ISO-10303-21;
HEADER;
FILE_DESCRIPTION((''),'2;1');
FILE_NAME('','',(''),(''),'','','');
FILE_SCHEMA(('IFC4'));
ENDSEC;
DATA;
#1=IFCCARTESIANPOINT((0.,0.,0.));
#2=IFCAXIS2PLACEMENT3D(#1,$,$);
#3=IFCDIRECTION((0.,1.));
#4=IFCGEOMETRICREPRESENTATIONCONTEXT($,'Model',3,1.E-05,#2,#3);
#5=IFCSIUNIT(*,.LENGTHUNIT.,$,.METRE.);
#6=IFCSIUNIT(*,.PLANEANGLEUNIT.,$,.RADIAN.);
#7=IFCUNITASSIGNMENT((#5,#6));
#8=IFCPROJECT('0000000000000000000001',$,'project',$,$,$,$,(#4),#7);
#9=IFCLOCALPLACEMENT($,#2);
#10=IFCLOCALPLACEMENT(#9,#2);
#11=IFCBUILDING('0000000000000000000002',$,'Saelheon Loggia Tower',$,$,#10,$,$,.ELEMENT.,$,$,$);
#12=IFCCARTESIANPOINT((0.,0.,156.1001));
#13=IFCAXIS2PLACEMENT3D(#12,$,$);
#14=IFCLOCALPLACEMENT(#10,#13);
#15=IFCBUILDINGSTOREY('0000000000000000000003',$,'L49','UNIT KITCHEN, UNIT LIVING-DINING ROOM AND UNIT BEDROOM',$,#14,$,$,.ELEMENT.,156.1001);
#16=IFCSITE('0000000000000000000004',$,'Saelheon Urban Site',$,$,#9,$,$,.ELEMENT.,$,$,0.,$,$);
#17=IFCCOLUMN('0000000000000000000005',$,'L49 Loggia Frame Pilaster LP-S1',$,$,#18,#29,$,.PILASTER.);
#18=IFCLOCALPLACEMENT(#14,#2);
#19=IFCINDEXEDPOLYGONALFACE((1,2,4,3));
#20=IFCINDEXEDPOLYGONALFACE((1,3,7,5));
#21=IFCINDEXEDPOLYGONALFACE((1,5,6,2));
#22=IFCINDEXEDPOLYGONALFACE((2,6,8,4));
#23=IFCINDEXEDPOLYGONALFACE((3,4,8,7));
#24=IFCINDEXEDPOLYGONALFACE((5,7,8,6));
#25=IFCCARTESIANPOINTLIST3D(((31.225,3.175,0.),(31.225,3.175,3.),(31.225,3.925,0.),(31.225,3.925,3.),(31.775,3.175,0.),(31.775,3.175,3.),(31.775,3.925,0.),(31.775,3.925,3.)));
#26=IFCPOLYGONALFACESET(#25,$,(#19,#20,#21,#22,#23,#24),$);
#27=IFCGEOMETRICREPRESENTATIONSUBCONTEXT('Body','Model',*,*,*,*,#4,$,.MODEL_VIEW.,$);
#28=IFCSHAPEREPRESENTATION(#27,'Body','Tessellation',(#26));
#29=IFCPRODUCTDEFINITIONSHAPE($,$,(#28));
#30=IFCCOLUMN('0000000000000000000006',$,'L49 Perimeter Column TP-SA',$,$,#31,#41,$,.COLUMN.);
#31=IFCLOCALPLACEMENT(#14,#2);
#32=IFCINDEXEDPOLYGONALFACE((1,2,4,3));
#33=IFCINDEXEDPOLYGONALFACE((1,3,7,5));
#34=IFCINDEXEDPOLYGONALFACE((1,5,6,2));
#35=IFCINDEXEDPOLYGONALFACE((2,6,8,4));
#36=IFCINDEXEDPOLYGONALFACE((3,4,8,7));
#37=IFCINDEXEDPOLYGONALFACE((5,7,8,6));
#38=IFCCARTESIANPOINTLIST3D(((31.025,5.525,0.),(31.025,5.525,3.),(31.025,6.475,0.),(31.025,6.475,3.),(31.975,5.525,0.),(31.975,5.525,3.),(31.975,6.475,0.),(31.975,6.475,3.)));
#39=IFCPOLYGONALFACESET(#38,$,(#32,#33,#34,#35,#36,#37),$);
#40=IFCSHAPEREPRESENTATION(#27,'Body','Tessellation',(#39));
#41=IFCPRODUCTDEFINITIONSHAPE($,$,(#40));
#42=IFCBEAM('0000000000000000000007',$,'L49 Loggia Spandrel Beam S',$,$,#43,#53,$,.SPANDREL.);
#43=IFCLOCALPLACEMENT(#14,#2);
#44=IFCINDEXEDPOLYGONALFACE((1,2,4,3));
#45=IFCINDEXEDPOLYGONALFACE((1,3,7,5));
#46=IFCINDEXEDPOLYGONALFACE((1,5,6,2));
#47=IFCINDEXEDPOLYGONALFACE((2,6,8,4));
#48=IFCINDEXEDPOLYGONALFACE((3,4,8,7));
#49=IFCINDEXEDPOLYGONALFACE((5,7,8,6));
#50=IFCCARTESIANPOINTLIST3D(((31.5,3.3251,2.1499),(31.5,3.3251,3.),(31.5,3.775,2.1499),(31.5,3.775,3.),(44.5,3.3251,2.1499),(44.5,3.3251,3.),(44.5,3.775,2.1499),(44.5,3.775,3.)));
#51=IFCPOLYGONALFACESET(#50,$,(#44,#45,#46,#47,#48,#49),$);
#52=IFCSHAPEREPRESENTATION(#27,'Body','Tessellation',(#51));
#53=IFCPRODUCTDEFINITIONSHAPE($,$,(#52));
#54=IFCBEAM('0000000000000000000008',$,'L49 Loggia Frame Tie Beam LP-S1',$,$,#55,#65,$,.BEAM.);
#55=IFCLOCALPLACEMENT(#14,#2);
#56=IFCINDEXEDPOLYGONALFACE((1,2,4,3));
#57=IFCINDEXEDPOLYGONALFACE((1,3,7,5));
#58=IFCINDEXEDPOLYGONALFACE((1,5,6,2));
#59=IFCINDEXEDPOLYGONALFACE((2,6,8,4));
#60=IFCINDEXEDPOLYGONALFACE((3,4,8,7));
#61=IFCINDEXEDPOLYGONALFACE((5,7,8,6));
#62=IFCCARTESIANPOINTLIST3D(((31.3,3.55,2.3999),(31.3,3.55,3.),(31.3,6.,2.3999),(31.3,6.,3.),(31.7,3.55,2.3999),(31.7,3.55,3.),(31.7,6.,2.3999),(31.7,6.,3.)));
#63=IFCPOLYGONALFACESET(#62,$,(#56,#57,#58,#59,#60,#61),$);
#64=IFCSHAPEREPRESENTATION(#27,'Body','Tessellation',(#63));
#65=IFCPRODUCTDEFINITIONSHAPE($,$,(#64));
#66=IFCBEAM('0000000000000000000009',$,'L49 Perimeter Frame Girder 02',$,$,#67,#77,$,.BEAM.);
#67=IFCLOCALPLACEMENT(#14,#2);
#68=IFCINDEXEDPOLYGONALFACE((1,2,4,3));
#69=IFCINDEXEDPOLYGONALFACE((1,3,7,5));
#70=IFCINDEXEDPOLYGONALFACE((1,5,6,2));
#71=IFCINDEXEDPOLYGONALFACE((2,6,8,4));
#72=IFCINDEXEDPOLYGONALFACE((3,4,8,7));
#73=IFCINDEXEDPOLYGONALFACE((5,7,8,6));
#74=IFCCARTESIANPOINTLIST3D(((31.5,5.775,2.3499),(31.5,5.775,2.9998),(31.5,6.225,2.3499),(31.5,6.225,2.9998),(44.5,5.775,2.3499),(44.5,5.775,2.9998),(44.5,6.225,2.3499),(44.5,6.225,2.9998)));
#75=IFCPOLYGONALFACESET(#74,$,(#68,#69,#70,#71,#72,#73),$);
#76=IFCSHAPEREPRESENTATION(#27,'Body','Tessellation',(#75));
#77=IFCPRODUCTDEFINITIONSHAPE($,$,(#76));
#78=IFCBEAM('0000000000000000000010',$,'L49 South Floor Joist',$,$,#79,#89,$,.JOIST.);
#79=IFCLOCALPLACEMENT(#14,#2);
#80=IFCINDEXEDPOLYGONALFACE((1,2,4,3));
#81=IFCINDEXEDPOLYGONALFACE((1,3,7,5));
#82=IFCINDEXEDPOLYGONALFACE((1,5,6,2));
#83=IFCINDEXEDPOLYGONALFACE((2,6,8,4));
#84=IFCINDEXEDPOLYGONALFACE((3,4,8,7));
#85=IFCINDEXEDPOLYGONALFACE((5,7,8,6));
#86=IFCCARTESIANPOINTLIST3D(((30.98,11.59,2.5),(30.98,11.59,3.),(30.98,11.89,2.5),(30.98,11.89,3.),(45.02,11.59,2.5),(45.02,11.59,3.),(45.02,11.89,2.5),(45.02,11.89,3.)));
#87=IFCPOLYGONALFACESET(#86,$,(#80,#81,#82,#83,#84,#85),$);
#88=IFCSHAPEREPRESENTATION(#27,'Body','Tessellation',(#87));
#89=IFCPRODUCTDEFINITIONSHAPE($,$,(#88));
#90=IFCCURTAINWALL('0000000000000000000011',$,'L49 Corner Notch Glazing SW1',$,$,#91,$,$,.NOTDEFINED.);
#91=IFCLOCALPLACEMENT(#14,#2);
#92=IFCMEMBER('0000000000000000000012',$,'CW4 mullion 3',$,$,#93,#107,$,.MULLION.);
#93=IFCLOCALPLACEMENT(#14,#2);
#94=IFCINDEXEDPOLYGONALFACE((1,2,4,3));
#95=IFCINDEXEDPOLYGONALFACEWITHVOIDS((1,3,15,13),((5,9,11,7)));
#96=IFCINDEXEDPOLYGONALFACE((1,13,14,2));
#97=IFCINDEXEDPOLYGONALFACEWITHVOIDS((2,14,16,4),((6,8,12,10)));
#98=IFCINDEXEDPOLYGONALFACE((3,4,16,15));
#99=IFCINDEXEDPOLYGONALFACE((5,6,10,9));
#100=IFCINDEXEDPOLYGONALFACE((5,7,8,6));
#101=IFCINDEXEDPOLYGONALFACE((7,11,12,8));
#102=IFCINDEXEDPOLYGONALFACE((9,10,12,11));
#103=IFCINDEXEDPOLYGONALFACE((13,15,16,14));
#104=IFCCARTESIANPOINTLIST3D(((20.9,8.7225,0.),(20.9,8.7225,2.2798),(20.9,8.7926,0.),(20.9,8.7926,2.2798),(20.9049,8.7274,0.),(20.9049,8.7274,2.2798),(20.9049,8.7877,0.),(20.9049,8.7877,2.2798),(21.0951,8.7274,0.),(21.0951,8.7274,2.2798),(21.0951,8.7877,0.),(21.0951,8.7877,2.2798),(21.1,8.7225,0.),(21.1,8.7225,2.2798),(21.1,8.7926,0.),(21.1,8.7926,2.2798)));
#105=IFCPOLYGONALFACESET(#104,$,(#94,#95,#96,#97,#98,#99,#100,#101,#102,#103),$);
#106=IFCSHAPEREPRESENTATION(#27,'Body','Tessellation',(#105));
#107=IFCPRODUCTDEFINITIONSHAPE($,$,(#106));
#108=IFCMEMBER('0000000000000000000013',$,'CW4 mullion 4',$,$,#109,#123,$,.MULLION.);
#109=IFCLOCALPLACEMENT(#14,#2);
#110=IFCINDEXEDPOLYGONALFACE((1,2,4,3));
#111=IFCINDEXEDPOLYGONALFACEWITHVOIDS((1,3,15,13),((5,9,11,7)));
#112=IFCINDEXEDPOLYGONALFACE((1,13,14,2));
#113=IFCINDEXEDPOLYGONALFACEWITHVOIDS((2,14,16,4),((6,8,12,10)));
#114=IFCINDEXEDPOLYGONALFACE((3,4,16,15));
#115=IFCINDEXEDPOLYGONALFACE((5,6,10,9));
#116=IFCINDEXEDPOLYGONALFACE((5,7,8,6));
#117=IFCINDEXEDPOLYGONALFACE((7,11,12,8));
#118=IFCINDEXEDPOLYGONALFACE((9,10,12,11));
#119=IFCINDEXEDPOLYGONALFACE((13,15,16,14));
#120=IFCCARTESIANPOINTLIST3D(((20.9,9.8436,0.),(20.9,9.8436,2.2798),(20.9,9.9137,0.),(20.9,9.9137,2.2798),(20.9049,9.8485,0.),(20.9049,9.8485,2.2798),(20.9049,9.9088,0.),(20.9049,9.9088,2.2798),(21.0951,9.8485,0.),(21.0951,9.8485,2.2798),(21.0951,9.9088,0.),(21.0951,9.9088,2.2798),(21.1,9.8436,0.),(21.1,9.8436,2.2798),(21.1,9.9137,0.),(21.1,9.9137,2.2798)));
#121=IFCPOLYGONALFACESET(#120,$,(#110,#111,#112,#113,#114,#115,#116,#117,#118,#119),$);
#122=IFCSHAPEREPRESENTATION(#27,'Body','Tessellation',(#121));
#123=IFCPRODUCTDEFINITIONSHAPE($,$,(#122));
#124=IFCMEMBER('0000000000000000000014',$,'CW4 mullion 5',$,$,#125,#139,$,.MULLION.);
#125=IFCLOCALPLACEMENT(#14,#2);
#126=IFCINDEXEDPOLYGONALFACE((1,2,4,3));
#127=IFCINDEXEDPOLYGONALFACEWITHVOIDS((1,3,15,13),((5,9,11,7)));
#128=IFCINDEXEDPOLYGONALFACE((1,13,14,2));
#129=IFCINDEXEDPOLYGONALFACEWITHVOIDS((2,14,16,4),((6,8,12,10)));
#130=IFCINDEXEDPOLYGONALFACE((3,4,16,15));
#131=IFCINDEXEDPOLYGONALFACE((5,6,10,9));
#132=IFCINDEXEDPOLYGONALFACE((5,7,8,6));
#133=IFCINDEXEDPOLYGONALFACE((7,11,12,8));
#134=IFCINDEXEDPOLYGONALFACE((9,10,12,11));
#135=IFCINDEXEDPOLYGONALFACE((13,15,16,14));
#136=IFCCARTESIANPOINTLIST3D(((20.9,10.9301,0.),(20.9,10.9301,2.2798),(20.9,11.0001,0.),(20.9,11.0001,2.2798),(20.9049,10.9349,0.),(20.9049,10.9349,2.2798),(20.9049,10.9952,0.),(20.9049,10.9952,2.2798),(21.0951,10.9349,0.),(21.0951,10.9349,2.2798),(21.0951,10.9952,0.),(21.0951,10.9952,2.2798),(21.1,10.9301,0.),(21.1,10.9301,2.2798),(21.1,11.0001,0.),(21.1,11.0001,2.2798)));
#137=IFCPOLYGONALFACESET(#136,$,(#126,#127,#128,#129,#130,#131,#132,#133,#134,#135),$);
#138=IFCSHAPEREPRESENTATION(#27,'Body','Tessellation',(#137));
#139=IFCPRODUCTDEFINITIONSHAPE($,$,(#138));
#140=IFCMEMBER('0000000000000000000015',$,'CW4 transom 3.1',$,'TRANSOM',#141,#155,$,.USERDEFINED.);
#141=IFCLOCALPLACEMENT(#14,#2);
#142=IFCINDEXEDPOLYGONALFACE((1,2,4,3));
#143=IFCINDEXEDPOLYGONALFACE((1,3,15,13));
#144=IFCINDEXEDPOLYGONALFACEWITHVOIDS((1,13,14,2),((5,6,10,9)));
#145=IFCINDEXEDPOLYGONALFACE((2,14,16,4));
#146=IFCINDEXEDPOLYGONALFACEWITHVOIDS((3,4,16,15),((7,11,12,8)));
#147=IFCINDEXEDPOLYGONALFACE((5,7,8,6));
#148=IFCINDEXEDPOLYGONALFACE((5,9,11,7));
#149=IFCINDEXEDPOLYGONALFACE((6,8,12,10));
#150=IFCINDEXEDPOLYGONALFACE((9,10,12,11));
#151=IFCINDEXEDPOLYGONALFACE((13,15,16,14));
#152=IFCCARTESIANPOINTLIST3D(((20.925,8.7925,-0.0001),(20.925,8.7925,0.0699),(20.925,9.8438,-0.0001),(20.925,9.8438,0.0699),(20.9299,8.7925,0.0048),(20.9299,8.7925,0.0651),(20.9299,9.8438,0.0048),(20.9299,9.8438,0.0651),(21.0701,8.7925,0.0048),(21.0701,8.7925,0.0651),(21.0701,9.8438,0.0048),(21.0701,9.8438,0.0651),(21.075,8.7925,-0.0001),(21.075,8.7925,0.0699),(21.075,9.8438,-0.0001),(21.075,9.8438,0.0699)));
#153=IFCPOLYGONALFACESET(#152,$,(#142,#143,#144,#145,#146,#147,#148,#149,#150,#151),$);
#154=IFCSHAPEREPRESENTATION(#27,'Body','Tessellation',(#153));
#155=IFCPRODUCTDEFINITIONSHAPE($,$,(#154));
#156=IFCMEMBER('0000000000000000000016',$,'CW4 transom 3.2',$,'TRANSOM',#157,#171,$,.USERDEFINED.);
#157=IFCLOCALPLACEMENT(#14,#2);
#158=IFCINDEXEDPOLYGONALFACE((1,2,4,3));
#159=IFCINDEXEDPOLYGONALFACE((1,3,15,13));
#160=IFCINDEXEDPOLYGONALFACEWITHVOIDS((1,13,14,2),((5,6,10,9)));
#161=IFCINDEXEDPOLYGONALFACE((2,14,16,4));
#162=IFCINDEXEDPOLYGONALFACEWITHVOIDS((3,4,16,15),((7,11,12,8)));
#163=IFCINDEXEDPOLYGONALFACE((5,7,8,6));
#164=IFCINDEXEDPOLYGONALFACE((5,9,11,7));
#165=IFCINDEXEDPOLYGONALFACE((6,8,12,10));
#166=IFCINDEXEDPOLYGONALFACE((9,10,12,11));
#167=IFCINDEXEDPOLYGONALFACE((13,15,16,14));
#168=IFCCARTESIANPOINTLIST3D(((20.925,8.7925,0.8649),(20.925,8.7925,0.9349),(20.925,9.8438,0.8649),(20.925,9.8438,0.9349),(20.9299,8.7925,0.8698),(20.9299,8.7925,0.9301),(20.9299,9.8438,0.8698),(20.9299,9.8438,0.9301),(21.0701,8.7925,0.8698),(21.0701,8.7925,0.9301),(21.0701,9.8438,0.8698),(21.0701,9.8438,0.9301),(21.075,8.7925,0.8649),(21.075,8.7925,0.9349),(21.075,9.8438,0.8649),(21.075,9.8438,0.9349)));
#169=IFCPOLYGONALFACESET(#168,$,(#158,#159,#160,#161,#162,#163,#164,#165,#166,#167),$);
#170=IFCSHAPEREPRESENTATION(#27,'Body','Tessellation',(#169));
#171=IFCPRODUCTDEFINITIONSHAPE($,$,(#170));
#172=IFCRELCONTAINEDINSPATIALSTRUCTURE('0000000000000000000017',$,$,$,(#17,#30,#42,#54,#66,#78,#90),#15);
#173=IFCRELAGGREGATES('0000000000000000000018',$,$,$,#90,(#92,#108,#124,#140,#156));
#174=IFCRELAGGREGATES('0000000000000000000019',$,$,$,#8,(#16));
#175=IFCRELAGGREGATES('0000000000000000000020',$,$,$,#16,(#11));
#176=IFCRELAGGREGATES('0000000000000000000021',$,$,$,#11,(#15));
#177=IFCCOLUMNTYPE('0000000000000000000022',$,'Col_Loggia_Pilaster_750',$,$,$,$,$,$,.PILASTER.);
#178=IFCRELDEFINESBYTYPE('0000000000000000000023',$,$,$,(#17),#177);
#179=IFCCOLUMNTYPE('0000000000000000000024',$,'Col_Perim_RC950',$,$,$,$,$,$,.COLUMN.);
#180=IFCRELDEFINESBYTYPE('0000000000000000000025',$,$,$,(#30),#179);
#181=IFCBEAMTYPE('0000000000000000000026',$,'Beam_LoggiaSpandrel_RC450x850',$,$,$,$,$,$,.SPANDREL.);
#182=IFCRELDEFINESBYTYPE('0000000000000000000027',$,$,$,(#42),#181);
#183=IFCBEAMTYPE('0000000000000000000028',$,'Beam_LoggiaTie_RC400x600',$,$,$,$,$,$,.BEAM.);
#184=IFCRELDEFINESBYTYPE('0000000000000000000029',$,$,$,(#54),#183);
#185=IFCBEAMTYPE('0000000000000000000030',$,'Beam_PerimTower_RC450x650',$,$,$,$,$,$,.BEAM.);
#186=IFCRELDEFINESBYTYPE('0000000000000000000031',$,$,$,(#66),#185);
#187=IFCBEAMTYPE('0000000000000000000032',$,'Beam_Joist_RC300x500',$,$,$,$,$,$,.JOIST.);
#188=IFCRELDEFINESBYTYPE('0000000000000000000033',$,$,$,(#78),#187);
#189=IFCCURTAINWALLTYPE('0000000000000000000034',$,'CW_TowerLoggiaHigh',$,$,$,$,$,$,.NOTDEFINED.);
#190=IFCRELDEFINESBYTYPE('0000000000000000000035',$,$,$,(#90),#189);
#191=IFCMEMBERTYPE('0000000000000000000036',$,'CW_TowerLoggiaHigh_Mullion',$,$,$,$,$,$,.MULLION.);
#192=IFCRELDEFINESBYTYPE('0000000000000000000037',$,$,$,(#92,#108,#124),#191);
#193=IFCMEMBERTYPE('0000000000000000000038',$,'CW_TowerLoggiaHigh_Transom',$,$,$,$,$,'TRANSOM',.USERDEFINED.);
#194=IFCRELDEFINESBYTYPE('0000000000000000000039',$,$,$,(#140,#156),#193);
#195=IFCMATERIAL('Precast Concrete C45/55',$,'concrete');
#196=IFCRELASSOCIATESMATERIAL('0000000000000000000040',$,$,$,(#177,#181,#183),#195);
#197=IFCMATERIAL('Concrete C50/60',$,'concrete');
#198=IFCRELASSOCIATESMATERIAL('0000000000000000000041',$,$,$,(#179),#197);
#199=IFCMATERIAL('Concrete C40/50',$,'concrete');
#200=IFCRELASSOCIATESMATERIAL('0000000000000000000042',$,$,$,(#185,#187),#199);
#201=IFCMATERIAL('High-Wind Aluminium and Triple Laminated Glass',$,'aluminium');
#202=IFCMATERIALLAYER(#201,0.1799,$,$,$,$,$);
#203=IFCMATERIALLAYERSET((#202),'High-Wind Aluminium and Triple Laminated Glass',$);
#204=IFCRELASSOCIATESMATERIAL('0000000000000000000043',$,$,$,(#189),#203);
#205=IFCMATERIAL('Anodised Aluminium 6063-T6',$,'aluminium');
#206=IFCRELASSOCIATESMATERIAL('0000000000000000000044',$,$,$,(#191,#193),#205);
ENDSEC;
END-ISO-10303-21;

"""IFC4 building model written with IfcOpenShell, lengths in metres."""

from ifc_helpers import new_model, si_unit, direction, frame, origin, origin_2d, place, context, subcontext, project, spatial, rectangle, hollow_rectangle, extrude, source, transform, mapped, material, layer, layer_set, material_profile, profile_set, type_object, element, aggregate, save


model = new_model("IFC4")

# Units and contexts
model_context = context("Model", 3, precision=1e-05, world=origin(), true_north=direction((0.0, 1.0)))
body_context = subcontext(model_context, "Body", "Model", "MODEL_VIEW")
ifc_project = project(units=[si_unit("LENGTHUNIT", "METRE"), si_unit("PLANEANGLEUNIT", "RADIAN")], contexts=[model_context])

# Site, building, storey
site_placement = place(None, origin())
site = spatial("IfcSite", under=ifc_project, at=site_placement, Name="Saelheon Urban Site", CompositionType="ELEMENT", RefElevation=0.0)
building_placement = place(site_placement, origin())
building = spatial("IfcBuilding", under=site, at=building_placement, Name="Saelheon Loggia Tower", CompositionType="ELEMENT")
storey_placement = place(building_placement, frame((0.0, 0.0, 156.1001)))
storey = spatial("IfcBuildingStorey", under=building, at=storey_placement, Name="L49", Description="UNIT KITCHEN, UNIT LIVING-DINING ROOM AND UNIT BEDROOM", CompositionType="ELEMENT", Elevation=156.1001)

# Columns
ifc_material_1 = material(Name="Precast Concrete C45/55", Category="concrete")
ifc_material_profile_1 = material_profile(ifc_material_1, rectangle(XDim=0.55, YDim=0.75, at=origin_2d()), Name="RC-550x750")
ifc_profile_set_1 = profile_set([ifc_material_profile_1], Name="Precast Concrete C45/55")
column_type_1 = type_object("IfcColumnType", Name="Col_Loggia_Pilaster_750", PredefinedType="PILASTER", material=ifc_profile_set_1)
shared_shape_1 = source(origin(), body_context, "Body", "SweptSolid", [
    extrude(rectangle(XDim=0.55, YDim=0.75, at=origin_2d()), origin(), (0.0, 0.0, 1.0), 3.0),
])
column_1_placement = place(storey_placement, frame((31.5, 3.55, 0.0), z_axis=(0.0, 0.0, 1.0), x_axis=(1.0, 0.0, 0.0)))
element("IfcColumn", 1, at=column_1_placement, inside=storey, type_object=column_type_1, Name="L49 Loggia Frame Pilaster LP-S1", PredefinedType="PILASTER", context=body_context, shape_type="MappedRepresentation", body=[
    mapped(shared_shape_1, transform((0.0, 0.0, 0.0), scale=1.0)),
])
ifc_material_2 = material(Name="Concrete C50/60", Category="concrete")
ifc_material_profile_2 = material_profile(ifc_material_2, rectangle(XDim=0.95, YDim=0.95, at=origin_2d()), Name="RC-950x950")
ifc_profile_set_2 = profile_set([ifc_material_profile_2], Name="Concrete C50/60")
column_type_2 = type_object("IfcColumnType", Name="Col_Perim_RC950", PredefinedType="COLUMN", material=ifc_profile_set_2)
shared_shape_2 = source(origin(), body_context, "Body", "SweptSolid", [
    extrude(rectangle(XDim=0.95, YDim=0.95, at=origin_2d()), origin(), (0.0, 0.0, 1.0), 3.0),
])
column_2_placement = place(storey_placement, frame((31.5, 6.0, 0.0), z_axis=(0.0, 0.0, 1.0), x_axis=(1.0, 0.0, 0.0)))
element("IfcColumn", 2, at=column_2_placement, inside=storey, type_object=column_type_2, Name="L49 Perimeter Column TP-SA", PredefinedType="COLUMN", context=body_context, shape_type="MappedRepresentation", body=[
    mapped(shared_shape_2, transform((0.0, 0.0, 0.0), scale=1.0)),
])

# Beams
ifc_material_profile_3 = material_profile(ifc_material_1, rectangle(XDim=0.45, YDim=0.8501, at=origin_2d()), Name="RC-450x850")
ifc_profile_set_3 = profile_set([ifc_material_profile_3], Name="Precast Concrete C45/55")
beam_type_1 = type_object("IfcBeamType", Name="Beam_LoggiaSpandrel_RC450x850", PredefinedType="SPANDREL", material=ifc_profile_set_3)
shared_shape_3 = source(origin(), body_context, "Body", "SweptSolid", [
    extrude(rectangle(XDim=0.45, YDim=0.8501, at=origin_2d()), origin(), (0.0, 0.0, 1.0), 13.0),
])
beam_1_placement = place(storey_placement, frame((31.5, 3.55, 2.575), z_axis=(1.0, 0.0, 0.0), x_axis=(0.0, 1.0, 0.0)))
element("IfcBeam", 3, at=beam_1_placement, inside=storey, type_object=beam_type_1, Name="L49 Loggia Spandrel Beam S", PredefinedType="SPANDREL", context=body_context, shape_type="MappedRepresentation", body=[
    mapped(shared_shape_3, transform((0.0, 0.0, 0.0), scale=1.0)),
])
ifc_material_profile_4 = material_profile(ifc_material_1, rectangle(XDim=0.3999, YDim=0.6001, at=origin_2d()), Name="RC-400x600")
ifc_profile_set_4 = profile_set([ifc_material_profile_4], Name="Precast Concrete C45/55")
beam_type_2 = type_object("IfcBeamType", Name="Beam_LoggiaTie_RC400x600", PredefinedType="BEAM", material=ifc_profile_set_4)
shared_shape_4 = source(origin(), body_context, "Body", "SweptSolid", [
    extrude(rectangle(XDim=0.3999, YDim=0.6001, at=origin_2d()), origin(), (0.0, 0.0, 1.0), 2.45),
])
beam_2_placement = place(storey_placement, frame((31.5, 6.0, 2.7), z_axis=(0.0, -1.0, 0.0), x_axis=(1.0, 0.0, 0.0)))
element("IfcBeam", 4, at=beam_2_placement, inside=storey, type_object=beam_type_2, Name="L49 Loggia Frame Tie Beam LP-S1", PredefinedType="BEAM", context=body_context, shape_type="MappedRepresentation", body=[
    mapped(shared_shape_4, transform((0.0, 0.0, 0.0), scale=1.0)),
])
ifc_material_3 = material(Name="Concrete C40/50", Category="concrete")
ifc_material_profile_5 = material_profile(ifc_material_3, rectangle(XDim=0.45, YDim=0.6499, at=origin_2d()), Name="RC-450x650")
ifc_profile_set_5 = profile_set([ifc_material_profile_5], Name="Concrete C40/50")
beam_type_3 = type_object("IfcBeamType", Name="Beam_PerimTower_RC450x650", PredefinedType="BEAM", material=ifc_profile_set_5)
shared_shape_5 = source(origin(), body_context, "Body", "SweptSolid", [
    extrude(rectangle(XDim=0.45, YDim=0.6499, at=origin_2d()), origin(), (0.0, 0.0, 1.0), 13.0),
])
beam_3_placement = place(storey_placement, frame((31.5, 6.0, 2.6748), z_axis=(1.0, 0.0, 0.0), x_axis=(0.0, 1.0, 0.0)))
element("IfcBeam", 5, at=beam_3_placement, inside=storey, type_object=beam_type_3, Name="L49 Perimeter Frame Girder 02", PredefinedType="BEAM", context=body_context, shape_type="MappedRepresentation", body=[
    mapped(shared_shape_5, transform((0.0, 0.0, 0.0), scale=1.0)),
])
ifc_material_profile_6 = material_profile(ifc_material_3, rectangle(XDim=0.3, YDim=0.5, at=origin_2d()), Name="RC-300x500")
ifc_profile_set_6 = profile_set([ifc_material_profile_6], Name="Concrete C40/50")
beam_type_4 = type_object("IfcBeamType", Name="Beam_Joist_RC300x500", PredefinedType="JOIST", material=ifc_profile_set_6)
shared_shape_6 = source(origin(), body_context, "Body", "SweptSolid", [
    extrude(rectangle(XDim=0.3, YDim=0.5, at=origin_2d()), origin(), (0.0, 0.0, 1.0), 14.04),
])
beam_4_placement = place(storey_placement, frame((30.98, 11.74, 2.75), z_axis=(1.0, 0.0, 0.0), x_axis=(0.0, 1.0, 0.0)))
element("IfcBeam", 6, at=beam_4_placement, inside=storey, type_object=beam_type_4, Name="L49 South Floor Joist", PredefinedType="JOIST", context=body_context, shape_type="MappedRepresentation", body=[
    mapped(shared_shape_6, transform((0.0, 0.0, 0.0), scale=1.0)),
])

# Curtain wall, members
ifc_material_4 = material(Name="High-Wind Aluminium and Triple Laminated Glass", Category="aluminium")
ifc_layer_1 = layer(ifc_material_4, 0.1799)
ifc_layer_set_1 = layer_set([ifc_layer_1], Name="High-Wind Aluminium and Triple Laminated Glass")
curtain_wall_type = type_object("IfcCurtainWallType", Name="CW_TowerLoggiaHigh", PredefinedType="NOTDEFINED", material=ifc_layer_set_1)
curtain_wall_placement = place(storey_placement, origin())
curtain_wall = element("IfcCurtainWall", 7, at=curtain_wall_placement, inside=storey, type_object=curtain_wall_type, Name="L49 Corner Notch Glazing SW1", PredefinedType="NOTDEFINED")
ifc_material_5 = material(Name="Anodised Aluminium 6063-T6", Category="aluminium")
ifc_material_profile_7 = material_profile(ifc_material_5, hollow_rectangle(XDim=0.0701, YDim=0.2, WallThickness=0.0049, at=origin_2d()), Name="RHS-200x70x5")
ifc_profile_set_7 = profile_set([ifc_material_profile_7], Name="Anodised Aluminium 6063-T6")
member_type_1 = type_object("IfcMemberType", Name="CW_TowerLoggiaHigh_Mullion", PredefinedType="MULLION", material=ifc_profile_set_7)
shared_shape_7 = source(origin(), body_context, "Body", "SweptSolid", [
    extrude(hollow_rectangle(XDim=0.0701, YDim=0.2, WallThickness=0.0049, at=origin_2d()), origin(), (0.0, 0.0, 1.0), 2.2798),
])
member_1_placement = place(storey_placement, frame((21.0, 8.7576, 0.0), z_axis=(0.0, 0.0, 1.0), x_axis=(0.0, 1.0, 0.0)))
member_1 = element("IfcMember", 8, at=member_1_placement, type_object=member_type_1, Name="CW4 mullion 3", PredefinedType="MULLION", context=body_context, shape_type="MappedRepresentation", body=[
    mapped(shared_shape_7, transform((0.0, 0.0, 0.0), scale=1.0)),
])
member_2_placement = place(storey_placement, frame((21.0, 9.8787, 0.0), z_axis=(0.0, 0.0, 1.0), x_axis=(0.0, 1.0, 0.0)))
member_2 = element("IfcMember", 9, at=member_2_placement, type_object=member_type_1, Name="CW4 mullion 4", PredefinedType="MULLION", context=body_context, shape_type="MappedRepresentation", body=[
    mapped(shared_shape_7, transform((0.0, 0.0, 0.0), scale=1.0)),
])
member_3_placement = place(storey_placement, frame((21.0, 10.9651, 0.0), z_axis=(0.0, 0.0, 1.0), x_axis=(0.0, 1.0, 0.0)))
member_3 = element("IfcMember", 10, at=member_3_placement, type_object=member_type_1, Name="CW4 mullion 5", PredefinedType="MULLION", context=body_context, shape_type="MappedRepresentation", body=[
    mapped(shared_shape_7, transform((0.0, 0.0, 0.0), scale=1.0)),
])
ifc_material_profile_8 = material_profile(ifc_material_5, hollow_rectangle(XDim=0.0701, YDim=0.1499, WallThickness=0.0049, at=origin_2d()), Name="RHS-150x70x5")
ifc_profile_set_8 = profile_set([ifc_material_profile_8], Name="Anodised Aluminium 6063-T6")
member_type_2 = type_object("IfcMemberType", Name="CW_TowerLoggiaHigh_Transom", ElementType="TRANSOM", PredefinedType="USERDEFINED", material=ifc_profile_set_8)
shared_shape_8 = source(origin(), body_context, "Body", "SweptSolid", [
    extrude(hollow_rectangle(XDim=0.0701, YDim=0.1499, WallThickness=0.0049, at=origin_2d()), origin(), (0.0, 0.0, 1.0), 1.0513),
])
member_4_placement = place(storey_placement, frame((21.0, 8.7925, 0.0349), z_axis=(0.0, 1.0, 0.0), x_axis=(0.0, 0.0, 1.0)))
member_4 = element("IfcMember", 11, at=member_4_placement, type_object=member_type_2, Name="CW4 transom 3.1", ObjectType="TRANSOM", PredefinedType="USERDEFINED", context=body_context, shape_type="MappedRepresentation", body=[
    mapped(shared_shape_8, transform((0.0, 0.0, 0.0), scale=1.0)),
])
member_5_placement = place(storey_placement, frame((21.0, 8.7925, 0.8999), z_axis=(0.0, 1.0, 0.0), x_axis=(0.0, 0.0, 1.0)))
member_5 = element("IfcMember", 12, at=member_5_placement, type_object=member_type_2, Name="CW4 transom 3.2", ObjectType="TRANSOM", PredefinedType="USERDEFINED", context=body_context, shape_type="MappedRepresentation", body=[
    mapped(shared_shape_8, transform((0.0, 0.0, 0.0), scale=1.0)),
])
aggregate(curtain_wall, [member_1, member_2, member_3, member_4, member_5])

save(model, "model.ifc")
